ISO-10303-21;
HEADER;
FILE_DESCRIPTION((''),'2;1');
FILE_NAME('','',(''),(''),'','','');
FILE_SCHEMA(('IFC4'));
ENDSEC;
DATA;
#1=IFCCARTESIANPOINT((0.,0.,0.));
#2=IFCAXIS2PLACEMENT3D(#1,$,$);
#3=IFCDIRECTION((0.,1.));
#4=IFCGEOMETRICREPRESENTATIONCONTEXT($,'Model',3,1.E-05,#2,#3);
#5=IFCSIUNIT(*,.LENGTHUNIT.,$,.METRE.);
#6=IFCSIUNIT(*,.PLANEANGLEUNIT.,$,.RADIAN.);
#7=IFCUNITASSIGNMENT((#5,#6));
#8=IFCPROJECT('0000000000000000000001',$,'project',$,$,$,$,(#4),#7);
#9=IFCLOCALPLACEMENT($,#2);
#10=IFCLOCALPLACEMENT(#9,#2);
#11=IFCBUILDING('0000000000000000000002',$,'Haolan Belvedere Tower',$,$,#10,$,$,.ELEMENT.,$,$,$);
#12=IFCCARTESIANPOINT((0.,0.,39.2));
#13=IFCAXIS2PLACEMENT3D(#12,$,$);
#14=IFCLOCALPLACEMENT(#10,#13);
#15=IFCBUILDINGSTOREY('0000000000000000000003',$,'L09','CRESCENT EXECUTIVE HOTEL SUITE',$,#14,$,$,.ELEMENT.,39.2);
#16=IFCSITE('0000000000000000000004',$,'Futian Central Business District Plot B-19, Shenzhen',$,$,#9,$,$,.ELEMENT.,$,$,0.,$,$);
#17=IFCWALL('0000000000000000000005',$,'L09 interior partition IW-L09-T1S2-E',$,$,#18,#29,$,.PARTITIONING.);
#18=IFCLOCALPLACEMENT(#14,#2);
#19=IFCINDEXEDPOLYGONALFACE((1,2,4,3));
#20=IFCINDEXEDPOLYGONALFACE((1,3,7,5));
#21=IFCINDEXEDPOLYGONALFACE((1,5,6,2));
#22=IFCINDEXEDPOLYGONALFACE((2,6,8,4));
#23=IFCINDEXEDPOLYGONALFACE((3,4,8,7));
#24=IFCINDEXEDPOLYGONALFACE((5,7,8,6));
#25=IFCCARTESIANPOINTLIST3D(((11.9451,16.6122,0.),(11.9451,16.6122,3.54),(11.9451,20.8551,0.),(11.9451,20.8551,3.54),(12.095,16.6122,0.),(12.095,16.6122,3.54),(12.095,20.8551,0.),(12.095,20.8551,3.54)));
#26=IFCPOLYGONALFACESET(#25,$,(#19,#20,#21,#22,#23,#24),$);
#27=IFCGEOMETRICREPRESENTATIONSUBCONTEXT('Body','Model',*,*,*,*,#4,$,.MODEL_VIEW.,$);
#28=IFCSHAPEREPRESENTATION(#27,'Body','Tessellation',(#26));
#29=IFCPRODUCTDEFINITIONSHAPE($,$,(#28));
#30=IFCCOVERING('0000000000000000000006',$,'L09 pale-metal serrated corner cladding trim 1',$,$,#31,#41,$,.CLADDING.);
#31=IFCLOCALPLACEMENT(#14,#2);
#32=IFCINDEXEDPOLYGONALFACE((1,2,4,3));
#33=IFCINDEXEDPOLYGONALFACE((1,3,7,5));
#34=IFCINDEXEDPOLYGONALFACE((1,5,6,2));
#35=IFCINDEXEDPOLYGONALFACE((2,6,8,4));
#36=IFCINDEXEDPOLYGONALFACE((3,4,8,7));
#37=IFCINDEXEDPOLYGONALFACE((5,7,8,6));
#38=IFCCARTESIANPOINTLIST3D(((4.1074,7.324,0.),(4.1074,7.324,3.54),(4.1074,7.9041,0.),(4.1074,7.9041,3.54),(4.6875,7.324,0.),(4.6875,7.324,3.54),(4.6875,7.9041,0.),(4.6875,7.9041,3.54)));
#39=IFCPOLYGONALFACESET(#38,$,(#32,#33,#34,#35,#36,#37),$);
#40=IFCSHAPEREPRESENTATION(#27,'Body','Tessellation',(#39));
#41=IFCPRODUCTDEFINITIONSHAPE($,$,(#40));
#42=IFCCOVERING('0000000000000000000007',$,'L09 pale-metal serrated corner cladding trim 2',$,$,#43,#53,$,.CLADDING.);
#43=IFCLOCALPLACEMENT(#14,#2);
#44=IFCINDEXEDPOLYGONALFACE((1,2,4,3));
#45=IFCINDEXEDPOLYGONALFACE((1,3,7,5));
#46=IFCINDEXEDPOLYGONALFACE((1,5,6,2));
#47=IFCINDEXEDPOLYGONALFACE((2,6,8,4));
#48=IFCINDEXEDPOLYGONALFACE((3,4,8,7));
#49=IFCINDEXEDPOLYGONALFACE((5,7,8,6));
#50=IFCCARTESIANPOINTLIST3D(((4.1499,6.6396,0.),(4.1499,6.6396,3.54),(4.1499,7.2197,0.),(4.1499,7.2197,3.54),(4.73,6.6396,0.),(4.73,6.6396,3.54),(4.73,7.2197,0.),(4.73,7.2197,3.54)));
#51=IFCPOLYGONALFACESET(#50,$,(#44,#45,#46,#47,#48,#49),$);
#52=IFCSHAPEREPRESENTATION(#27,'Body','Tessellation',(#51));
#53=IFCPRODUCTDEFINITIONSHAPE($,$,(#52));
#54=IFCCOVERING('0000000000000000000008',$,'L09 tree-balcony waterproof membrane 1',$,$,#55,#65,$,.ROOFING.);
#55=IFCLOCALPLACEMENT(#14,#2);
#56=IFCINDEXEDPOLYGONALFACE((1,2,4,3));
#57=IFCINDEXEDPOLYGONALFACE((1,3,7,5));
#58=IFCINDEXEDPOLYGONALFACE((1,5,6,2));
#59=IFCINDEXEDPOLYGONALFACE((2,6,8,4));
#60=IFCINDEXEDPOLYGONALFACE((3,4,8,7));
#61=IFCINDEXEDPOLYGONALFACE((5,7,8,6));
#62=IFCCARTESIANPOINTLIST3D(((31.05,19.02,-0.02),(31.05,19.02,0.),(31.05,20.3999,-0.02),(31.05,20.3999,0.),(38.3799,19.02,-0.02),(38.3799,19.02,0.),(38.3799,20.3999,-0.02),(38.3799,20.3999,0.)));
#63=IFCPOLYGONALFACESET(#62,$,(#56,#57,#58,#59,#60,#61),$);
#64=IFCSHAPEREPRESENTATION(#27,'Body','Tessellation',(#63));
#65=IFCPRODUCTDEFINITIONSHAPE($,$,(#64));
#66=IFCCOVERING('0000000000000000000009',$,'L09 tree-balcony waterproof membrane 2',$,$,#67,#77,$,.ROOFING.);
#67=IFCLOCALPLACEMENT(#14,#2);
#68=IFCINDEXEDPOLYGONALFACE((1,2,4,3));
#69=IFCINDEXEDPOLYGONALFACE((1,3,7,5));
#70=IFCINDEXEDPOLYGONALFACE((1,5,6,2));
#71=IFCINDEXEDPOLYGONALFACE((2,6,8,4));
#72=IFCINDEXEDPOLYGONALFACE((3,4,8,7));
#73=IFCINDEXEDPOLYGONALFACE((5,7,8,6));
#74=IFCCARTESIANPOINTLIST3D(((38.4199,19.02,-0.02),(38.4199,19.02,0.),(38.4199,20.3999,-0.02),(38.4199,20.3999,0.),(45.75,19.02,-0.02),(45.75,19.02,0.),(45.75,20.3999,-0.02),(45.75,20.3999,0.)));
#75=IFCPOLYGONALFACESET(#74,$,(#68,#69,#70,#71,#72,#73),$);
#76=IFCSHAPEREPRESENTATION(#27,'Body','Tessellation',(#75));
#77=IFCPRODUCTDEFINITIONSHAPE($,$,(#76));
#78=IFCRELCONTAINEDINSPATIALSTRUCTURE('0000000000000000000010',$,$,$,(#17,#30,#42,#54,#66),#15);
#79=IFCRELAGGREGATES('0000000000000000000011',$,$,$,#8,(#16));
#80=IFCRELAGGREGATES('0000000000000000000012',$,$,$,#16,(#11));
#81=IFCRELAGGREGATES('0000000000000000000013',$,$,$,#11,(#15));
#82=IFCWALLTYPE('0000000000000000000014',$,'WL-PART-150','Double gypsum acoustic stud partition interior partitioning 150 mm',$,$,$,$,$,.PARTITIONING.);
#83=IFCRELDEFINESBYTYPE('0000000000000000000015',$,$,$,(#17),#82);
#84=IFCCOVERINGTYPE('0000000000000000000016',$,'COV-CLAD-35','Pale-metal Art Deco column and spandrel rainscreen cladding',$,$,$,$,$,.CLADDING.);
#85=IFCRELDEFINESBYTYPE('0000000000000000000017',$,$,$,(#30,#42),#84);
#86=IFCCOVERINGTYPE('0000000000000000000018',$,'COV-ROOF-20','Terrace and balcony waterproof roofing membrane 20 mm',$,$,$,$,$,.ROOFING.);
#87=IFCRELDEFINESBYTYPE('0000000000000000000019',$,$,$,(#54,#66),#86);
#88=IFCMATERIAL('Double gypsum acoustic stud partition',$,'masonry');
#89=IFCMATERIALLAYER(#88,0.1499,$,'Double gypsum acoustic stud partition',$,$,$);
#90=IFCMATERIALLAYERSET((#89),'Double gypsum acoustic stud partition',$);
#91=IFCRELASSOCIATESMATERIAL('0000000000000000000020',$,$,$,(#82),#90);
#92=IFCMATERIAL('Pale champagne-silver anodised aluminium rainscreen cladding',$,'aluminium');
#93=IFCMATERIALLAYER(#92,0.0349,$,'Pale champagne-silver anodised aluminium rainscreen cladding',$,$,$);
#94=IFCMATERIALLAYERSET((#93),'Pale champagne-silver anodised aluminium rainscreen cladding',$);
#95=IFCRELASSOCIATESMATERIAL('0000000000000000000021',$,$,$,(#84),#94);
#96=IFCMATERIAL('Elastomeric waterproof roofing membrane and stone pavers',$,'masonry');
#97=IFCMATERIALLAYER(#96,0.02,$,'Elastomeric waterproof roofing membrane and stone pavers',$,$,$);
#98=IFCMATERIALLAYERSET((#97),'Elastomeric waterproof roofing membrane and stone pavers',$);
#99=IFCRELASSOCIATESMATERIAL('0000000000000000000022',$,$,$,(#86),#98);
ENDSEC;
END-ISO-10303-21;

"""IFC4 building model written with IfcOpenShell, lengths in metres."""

from ifc_helpers import new_model, si_unit, direction, frame, frame_2d, origin, origin_2d, place, context, subcontext, project, spatial, polyline, rectangle, outline, extrude, material, layer, layer_set, type_object, element, save


model = new_model("IFC4")

# Units and contexts
model_context = context("Model", 3, precision=1e-05, world=origin(), true_north=direction((0.0, 1.0)))
body_context = subcontext(model_context, "Body", "Model", "MODEL_VIEW")
ifc_project = project(units=[si_unit("LENGTHUNIT", "METRE"), si_unit("PLANEANGLEUNIT", "RADIAN")], contexts=[model_context])

# Site, building, storey
site_placement = place(None, origin())
site = spatial("IfcSite", under=ifc_project, at=site_placement, Name="Futian Central Business District Plot B-19, Shenzhen", CompositionType="ELEMENT", RefElevation=0.0)
building_placement = place(site_placement, origin())
building = spatial("IfcBuilding", under=site, at=building_placement, Name="Haolan Belvedere Tower", CompositionType="ELEMENT")
storey_placement = place(building_placement, frame((0.0, 0.0, 39.2)))
storey = spatial("IfcBuildingStorey", under=building, at=storey_placement, Name="L09", Description="CRESCENT EXECUTIVE HOTEL SUITE", CompositionType="ELEMENT", Elevation=39.2)

# Wall
ifc_material_1 = material(Name="Double gypsum acoustic stud partition", Category="masonry")
ifc_layer_1 = layer(ifc_material_1, 0.1499, Name="Double gypsum acoustic stud partition")
ifc_layer_set_1 = layer_set([ifc_layer_1], Name="Double gypsum acoustic stud partition")
wall_type_1 = type_object("IfcWallType", Name="WL-PART-150", Description="Double gypsum acoustic stud partition interior partitioning 150 mm", PredefinedType="PARTITIONING", material=ifc_layer_set_1)
wall_1_placement = place(storey_placement, frame((12.02, 16.6121, 0.0), z_axis=(0.0, 0.0, 1.0), x_axis=(0.0, 1.0, 0.0)))
element("IfcWall", 1, at=wall_1_placement, inside=storey, type_object=wall_type_1, Name="L09 interior partition IW-L09-T1S2-E", PredefinedType="PARTITIONING", context=body_context, shape_type="SweptSolid", body=[
    extrude(rectangle(XDim=4.2429, YDim=0.1499, at=frame_2d((2.1216, 0.0))), origin(), (0.0, 0.0, 1.0), 3.54),
])

# Coverings
ifc_material_2 = material(Name="Pale champagne-silver anodised aluminium rainscreen cladding", Category="aluminium")
ifc_layer_2 = layer(ifc_material_2, 0.0349, Name="Pale champagne-silver anodised aluminium rainscreen cladding")
ifc_layer_set_2 = layer_set([ifc_layer_2], Name="Pale champagne-silver anodised aluminium rainscreen cladding")
covering_type_1 = type_object("IfcCoveringType", Name="COV-CLAD-35", Description="Pale-metal Art Deco column and spandrel rainscreen cladding", PredefinedType="CLADDING", material=ifc_layer_set_2)
for number, where, z_axis, x_axis, name in (
    (2, (4.3975, 7.614, 0.0), (0.0, 0.0, 1.0), (1.0, 0.0, 0.0), "L09 pale-metal serrated corner cladding trim 1"),
    (3, (4.4399, 6.9297, 0.0), (0.0, 0.0, 1.0), (1.0, 0.0, 0.0), "L09 pale-metal serrated corner cladding trim 2"),
):
    element("IfcCovering", number, at=place(storey_placement, frame(where, z_axis=z_axis, x_axis=x_axis)), inside=storey, type_object=covering_type_1, Name=name, PredefinedType="CLADDING", context=body_context, shape_type="SweptSolid", body=[
        extrude(rectangle(XDim=0.5801, YDim=0.5801, at=origin_2d()), origin(), (0.0, 0.0, 1.0), 3.54),
    ])
ifc_material_3 = material(Name="Elastomeric waterproof roofing membrane and stone pavers", Category="masonry")
ifc_layer_3 = layer(ifc_material_3, 0.02, Name="Elastomeric waterproof roofing membrane and stone pavers")
ifc_layer_set_3 = layer_set([ifc_layer_3], Name="Elastomeric waterproof roofing membrane and stone pavers")
covering_type_2 = type_object("IfcCoveringType", Name="COV-ROOF-20", Description="Terrace and balcony waterproof roofing membrane 20 mm", PredefinedType="ROOFING", material=ifc_layer_set_3)
covering_1_placement = place(storey_placement, frame((0.0, 0.0, -0.02)))
element("IfcCovering", 4, at=covering_1_placement, inside=storey, type_object=covering_type_2, Name="L09 tree-balcony waterproof membrane 1", PredefinedType="ROOFING", context=body_context, shape_type="SweptSolid", body=[
    extrude(outline(polyline([(31.05, 19.02), (38.3799, 19.02), (38.3799, 20.3999), (31.05, 20.3999), (31.05, 19.02)])), origin(), (0.0, 0.0, 1.0), 0.02),
])
covering_2_placement = place(storey_placement, frame((0.0, 0.0, -0.02)))
element("IfcCovering", 5, at=covering_2_placement, inside=storey, type_object=covering_type_2, Name="L09 tree-balcony waterproof membrane 2", PredefinedType="ROOFING", context=body_context, shape_type="SweptSolid", body=[
    extrude(outline(polyline([(38.4199, 19.02), (45.75, 19.02), (45.75, 20.3999), (38.4199, 20.3999), (38.4199, 19.02)])), origin(), (0.0, 0.0, 1.0), 0.02),
])

save(model, "model.ifc")
